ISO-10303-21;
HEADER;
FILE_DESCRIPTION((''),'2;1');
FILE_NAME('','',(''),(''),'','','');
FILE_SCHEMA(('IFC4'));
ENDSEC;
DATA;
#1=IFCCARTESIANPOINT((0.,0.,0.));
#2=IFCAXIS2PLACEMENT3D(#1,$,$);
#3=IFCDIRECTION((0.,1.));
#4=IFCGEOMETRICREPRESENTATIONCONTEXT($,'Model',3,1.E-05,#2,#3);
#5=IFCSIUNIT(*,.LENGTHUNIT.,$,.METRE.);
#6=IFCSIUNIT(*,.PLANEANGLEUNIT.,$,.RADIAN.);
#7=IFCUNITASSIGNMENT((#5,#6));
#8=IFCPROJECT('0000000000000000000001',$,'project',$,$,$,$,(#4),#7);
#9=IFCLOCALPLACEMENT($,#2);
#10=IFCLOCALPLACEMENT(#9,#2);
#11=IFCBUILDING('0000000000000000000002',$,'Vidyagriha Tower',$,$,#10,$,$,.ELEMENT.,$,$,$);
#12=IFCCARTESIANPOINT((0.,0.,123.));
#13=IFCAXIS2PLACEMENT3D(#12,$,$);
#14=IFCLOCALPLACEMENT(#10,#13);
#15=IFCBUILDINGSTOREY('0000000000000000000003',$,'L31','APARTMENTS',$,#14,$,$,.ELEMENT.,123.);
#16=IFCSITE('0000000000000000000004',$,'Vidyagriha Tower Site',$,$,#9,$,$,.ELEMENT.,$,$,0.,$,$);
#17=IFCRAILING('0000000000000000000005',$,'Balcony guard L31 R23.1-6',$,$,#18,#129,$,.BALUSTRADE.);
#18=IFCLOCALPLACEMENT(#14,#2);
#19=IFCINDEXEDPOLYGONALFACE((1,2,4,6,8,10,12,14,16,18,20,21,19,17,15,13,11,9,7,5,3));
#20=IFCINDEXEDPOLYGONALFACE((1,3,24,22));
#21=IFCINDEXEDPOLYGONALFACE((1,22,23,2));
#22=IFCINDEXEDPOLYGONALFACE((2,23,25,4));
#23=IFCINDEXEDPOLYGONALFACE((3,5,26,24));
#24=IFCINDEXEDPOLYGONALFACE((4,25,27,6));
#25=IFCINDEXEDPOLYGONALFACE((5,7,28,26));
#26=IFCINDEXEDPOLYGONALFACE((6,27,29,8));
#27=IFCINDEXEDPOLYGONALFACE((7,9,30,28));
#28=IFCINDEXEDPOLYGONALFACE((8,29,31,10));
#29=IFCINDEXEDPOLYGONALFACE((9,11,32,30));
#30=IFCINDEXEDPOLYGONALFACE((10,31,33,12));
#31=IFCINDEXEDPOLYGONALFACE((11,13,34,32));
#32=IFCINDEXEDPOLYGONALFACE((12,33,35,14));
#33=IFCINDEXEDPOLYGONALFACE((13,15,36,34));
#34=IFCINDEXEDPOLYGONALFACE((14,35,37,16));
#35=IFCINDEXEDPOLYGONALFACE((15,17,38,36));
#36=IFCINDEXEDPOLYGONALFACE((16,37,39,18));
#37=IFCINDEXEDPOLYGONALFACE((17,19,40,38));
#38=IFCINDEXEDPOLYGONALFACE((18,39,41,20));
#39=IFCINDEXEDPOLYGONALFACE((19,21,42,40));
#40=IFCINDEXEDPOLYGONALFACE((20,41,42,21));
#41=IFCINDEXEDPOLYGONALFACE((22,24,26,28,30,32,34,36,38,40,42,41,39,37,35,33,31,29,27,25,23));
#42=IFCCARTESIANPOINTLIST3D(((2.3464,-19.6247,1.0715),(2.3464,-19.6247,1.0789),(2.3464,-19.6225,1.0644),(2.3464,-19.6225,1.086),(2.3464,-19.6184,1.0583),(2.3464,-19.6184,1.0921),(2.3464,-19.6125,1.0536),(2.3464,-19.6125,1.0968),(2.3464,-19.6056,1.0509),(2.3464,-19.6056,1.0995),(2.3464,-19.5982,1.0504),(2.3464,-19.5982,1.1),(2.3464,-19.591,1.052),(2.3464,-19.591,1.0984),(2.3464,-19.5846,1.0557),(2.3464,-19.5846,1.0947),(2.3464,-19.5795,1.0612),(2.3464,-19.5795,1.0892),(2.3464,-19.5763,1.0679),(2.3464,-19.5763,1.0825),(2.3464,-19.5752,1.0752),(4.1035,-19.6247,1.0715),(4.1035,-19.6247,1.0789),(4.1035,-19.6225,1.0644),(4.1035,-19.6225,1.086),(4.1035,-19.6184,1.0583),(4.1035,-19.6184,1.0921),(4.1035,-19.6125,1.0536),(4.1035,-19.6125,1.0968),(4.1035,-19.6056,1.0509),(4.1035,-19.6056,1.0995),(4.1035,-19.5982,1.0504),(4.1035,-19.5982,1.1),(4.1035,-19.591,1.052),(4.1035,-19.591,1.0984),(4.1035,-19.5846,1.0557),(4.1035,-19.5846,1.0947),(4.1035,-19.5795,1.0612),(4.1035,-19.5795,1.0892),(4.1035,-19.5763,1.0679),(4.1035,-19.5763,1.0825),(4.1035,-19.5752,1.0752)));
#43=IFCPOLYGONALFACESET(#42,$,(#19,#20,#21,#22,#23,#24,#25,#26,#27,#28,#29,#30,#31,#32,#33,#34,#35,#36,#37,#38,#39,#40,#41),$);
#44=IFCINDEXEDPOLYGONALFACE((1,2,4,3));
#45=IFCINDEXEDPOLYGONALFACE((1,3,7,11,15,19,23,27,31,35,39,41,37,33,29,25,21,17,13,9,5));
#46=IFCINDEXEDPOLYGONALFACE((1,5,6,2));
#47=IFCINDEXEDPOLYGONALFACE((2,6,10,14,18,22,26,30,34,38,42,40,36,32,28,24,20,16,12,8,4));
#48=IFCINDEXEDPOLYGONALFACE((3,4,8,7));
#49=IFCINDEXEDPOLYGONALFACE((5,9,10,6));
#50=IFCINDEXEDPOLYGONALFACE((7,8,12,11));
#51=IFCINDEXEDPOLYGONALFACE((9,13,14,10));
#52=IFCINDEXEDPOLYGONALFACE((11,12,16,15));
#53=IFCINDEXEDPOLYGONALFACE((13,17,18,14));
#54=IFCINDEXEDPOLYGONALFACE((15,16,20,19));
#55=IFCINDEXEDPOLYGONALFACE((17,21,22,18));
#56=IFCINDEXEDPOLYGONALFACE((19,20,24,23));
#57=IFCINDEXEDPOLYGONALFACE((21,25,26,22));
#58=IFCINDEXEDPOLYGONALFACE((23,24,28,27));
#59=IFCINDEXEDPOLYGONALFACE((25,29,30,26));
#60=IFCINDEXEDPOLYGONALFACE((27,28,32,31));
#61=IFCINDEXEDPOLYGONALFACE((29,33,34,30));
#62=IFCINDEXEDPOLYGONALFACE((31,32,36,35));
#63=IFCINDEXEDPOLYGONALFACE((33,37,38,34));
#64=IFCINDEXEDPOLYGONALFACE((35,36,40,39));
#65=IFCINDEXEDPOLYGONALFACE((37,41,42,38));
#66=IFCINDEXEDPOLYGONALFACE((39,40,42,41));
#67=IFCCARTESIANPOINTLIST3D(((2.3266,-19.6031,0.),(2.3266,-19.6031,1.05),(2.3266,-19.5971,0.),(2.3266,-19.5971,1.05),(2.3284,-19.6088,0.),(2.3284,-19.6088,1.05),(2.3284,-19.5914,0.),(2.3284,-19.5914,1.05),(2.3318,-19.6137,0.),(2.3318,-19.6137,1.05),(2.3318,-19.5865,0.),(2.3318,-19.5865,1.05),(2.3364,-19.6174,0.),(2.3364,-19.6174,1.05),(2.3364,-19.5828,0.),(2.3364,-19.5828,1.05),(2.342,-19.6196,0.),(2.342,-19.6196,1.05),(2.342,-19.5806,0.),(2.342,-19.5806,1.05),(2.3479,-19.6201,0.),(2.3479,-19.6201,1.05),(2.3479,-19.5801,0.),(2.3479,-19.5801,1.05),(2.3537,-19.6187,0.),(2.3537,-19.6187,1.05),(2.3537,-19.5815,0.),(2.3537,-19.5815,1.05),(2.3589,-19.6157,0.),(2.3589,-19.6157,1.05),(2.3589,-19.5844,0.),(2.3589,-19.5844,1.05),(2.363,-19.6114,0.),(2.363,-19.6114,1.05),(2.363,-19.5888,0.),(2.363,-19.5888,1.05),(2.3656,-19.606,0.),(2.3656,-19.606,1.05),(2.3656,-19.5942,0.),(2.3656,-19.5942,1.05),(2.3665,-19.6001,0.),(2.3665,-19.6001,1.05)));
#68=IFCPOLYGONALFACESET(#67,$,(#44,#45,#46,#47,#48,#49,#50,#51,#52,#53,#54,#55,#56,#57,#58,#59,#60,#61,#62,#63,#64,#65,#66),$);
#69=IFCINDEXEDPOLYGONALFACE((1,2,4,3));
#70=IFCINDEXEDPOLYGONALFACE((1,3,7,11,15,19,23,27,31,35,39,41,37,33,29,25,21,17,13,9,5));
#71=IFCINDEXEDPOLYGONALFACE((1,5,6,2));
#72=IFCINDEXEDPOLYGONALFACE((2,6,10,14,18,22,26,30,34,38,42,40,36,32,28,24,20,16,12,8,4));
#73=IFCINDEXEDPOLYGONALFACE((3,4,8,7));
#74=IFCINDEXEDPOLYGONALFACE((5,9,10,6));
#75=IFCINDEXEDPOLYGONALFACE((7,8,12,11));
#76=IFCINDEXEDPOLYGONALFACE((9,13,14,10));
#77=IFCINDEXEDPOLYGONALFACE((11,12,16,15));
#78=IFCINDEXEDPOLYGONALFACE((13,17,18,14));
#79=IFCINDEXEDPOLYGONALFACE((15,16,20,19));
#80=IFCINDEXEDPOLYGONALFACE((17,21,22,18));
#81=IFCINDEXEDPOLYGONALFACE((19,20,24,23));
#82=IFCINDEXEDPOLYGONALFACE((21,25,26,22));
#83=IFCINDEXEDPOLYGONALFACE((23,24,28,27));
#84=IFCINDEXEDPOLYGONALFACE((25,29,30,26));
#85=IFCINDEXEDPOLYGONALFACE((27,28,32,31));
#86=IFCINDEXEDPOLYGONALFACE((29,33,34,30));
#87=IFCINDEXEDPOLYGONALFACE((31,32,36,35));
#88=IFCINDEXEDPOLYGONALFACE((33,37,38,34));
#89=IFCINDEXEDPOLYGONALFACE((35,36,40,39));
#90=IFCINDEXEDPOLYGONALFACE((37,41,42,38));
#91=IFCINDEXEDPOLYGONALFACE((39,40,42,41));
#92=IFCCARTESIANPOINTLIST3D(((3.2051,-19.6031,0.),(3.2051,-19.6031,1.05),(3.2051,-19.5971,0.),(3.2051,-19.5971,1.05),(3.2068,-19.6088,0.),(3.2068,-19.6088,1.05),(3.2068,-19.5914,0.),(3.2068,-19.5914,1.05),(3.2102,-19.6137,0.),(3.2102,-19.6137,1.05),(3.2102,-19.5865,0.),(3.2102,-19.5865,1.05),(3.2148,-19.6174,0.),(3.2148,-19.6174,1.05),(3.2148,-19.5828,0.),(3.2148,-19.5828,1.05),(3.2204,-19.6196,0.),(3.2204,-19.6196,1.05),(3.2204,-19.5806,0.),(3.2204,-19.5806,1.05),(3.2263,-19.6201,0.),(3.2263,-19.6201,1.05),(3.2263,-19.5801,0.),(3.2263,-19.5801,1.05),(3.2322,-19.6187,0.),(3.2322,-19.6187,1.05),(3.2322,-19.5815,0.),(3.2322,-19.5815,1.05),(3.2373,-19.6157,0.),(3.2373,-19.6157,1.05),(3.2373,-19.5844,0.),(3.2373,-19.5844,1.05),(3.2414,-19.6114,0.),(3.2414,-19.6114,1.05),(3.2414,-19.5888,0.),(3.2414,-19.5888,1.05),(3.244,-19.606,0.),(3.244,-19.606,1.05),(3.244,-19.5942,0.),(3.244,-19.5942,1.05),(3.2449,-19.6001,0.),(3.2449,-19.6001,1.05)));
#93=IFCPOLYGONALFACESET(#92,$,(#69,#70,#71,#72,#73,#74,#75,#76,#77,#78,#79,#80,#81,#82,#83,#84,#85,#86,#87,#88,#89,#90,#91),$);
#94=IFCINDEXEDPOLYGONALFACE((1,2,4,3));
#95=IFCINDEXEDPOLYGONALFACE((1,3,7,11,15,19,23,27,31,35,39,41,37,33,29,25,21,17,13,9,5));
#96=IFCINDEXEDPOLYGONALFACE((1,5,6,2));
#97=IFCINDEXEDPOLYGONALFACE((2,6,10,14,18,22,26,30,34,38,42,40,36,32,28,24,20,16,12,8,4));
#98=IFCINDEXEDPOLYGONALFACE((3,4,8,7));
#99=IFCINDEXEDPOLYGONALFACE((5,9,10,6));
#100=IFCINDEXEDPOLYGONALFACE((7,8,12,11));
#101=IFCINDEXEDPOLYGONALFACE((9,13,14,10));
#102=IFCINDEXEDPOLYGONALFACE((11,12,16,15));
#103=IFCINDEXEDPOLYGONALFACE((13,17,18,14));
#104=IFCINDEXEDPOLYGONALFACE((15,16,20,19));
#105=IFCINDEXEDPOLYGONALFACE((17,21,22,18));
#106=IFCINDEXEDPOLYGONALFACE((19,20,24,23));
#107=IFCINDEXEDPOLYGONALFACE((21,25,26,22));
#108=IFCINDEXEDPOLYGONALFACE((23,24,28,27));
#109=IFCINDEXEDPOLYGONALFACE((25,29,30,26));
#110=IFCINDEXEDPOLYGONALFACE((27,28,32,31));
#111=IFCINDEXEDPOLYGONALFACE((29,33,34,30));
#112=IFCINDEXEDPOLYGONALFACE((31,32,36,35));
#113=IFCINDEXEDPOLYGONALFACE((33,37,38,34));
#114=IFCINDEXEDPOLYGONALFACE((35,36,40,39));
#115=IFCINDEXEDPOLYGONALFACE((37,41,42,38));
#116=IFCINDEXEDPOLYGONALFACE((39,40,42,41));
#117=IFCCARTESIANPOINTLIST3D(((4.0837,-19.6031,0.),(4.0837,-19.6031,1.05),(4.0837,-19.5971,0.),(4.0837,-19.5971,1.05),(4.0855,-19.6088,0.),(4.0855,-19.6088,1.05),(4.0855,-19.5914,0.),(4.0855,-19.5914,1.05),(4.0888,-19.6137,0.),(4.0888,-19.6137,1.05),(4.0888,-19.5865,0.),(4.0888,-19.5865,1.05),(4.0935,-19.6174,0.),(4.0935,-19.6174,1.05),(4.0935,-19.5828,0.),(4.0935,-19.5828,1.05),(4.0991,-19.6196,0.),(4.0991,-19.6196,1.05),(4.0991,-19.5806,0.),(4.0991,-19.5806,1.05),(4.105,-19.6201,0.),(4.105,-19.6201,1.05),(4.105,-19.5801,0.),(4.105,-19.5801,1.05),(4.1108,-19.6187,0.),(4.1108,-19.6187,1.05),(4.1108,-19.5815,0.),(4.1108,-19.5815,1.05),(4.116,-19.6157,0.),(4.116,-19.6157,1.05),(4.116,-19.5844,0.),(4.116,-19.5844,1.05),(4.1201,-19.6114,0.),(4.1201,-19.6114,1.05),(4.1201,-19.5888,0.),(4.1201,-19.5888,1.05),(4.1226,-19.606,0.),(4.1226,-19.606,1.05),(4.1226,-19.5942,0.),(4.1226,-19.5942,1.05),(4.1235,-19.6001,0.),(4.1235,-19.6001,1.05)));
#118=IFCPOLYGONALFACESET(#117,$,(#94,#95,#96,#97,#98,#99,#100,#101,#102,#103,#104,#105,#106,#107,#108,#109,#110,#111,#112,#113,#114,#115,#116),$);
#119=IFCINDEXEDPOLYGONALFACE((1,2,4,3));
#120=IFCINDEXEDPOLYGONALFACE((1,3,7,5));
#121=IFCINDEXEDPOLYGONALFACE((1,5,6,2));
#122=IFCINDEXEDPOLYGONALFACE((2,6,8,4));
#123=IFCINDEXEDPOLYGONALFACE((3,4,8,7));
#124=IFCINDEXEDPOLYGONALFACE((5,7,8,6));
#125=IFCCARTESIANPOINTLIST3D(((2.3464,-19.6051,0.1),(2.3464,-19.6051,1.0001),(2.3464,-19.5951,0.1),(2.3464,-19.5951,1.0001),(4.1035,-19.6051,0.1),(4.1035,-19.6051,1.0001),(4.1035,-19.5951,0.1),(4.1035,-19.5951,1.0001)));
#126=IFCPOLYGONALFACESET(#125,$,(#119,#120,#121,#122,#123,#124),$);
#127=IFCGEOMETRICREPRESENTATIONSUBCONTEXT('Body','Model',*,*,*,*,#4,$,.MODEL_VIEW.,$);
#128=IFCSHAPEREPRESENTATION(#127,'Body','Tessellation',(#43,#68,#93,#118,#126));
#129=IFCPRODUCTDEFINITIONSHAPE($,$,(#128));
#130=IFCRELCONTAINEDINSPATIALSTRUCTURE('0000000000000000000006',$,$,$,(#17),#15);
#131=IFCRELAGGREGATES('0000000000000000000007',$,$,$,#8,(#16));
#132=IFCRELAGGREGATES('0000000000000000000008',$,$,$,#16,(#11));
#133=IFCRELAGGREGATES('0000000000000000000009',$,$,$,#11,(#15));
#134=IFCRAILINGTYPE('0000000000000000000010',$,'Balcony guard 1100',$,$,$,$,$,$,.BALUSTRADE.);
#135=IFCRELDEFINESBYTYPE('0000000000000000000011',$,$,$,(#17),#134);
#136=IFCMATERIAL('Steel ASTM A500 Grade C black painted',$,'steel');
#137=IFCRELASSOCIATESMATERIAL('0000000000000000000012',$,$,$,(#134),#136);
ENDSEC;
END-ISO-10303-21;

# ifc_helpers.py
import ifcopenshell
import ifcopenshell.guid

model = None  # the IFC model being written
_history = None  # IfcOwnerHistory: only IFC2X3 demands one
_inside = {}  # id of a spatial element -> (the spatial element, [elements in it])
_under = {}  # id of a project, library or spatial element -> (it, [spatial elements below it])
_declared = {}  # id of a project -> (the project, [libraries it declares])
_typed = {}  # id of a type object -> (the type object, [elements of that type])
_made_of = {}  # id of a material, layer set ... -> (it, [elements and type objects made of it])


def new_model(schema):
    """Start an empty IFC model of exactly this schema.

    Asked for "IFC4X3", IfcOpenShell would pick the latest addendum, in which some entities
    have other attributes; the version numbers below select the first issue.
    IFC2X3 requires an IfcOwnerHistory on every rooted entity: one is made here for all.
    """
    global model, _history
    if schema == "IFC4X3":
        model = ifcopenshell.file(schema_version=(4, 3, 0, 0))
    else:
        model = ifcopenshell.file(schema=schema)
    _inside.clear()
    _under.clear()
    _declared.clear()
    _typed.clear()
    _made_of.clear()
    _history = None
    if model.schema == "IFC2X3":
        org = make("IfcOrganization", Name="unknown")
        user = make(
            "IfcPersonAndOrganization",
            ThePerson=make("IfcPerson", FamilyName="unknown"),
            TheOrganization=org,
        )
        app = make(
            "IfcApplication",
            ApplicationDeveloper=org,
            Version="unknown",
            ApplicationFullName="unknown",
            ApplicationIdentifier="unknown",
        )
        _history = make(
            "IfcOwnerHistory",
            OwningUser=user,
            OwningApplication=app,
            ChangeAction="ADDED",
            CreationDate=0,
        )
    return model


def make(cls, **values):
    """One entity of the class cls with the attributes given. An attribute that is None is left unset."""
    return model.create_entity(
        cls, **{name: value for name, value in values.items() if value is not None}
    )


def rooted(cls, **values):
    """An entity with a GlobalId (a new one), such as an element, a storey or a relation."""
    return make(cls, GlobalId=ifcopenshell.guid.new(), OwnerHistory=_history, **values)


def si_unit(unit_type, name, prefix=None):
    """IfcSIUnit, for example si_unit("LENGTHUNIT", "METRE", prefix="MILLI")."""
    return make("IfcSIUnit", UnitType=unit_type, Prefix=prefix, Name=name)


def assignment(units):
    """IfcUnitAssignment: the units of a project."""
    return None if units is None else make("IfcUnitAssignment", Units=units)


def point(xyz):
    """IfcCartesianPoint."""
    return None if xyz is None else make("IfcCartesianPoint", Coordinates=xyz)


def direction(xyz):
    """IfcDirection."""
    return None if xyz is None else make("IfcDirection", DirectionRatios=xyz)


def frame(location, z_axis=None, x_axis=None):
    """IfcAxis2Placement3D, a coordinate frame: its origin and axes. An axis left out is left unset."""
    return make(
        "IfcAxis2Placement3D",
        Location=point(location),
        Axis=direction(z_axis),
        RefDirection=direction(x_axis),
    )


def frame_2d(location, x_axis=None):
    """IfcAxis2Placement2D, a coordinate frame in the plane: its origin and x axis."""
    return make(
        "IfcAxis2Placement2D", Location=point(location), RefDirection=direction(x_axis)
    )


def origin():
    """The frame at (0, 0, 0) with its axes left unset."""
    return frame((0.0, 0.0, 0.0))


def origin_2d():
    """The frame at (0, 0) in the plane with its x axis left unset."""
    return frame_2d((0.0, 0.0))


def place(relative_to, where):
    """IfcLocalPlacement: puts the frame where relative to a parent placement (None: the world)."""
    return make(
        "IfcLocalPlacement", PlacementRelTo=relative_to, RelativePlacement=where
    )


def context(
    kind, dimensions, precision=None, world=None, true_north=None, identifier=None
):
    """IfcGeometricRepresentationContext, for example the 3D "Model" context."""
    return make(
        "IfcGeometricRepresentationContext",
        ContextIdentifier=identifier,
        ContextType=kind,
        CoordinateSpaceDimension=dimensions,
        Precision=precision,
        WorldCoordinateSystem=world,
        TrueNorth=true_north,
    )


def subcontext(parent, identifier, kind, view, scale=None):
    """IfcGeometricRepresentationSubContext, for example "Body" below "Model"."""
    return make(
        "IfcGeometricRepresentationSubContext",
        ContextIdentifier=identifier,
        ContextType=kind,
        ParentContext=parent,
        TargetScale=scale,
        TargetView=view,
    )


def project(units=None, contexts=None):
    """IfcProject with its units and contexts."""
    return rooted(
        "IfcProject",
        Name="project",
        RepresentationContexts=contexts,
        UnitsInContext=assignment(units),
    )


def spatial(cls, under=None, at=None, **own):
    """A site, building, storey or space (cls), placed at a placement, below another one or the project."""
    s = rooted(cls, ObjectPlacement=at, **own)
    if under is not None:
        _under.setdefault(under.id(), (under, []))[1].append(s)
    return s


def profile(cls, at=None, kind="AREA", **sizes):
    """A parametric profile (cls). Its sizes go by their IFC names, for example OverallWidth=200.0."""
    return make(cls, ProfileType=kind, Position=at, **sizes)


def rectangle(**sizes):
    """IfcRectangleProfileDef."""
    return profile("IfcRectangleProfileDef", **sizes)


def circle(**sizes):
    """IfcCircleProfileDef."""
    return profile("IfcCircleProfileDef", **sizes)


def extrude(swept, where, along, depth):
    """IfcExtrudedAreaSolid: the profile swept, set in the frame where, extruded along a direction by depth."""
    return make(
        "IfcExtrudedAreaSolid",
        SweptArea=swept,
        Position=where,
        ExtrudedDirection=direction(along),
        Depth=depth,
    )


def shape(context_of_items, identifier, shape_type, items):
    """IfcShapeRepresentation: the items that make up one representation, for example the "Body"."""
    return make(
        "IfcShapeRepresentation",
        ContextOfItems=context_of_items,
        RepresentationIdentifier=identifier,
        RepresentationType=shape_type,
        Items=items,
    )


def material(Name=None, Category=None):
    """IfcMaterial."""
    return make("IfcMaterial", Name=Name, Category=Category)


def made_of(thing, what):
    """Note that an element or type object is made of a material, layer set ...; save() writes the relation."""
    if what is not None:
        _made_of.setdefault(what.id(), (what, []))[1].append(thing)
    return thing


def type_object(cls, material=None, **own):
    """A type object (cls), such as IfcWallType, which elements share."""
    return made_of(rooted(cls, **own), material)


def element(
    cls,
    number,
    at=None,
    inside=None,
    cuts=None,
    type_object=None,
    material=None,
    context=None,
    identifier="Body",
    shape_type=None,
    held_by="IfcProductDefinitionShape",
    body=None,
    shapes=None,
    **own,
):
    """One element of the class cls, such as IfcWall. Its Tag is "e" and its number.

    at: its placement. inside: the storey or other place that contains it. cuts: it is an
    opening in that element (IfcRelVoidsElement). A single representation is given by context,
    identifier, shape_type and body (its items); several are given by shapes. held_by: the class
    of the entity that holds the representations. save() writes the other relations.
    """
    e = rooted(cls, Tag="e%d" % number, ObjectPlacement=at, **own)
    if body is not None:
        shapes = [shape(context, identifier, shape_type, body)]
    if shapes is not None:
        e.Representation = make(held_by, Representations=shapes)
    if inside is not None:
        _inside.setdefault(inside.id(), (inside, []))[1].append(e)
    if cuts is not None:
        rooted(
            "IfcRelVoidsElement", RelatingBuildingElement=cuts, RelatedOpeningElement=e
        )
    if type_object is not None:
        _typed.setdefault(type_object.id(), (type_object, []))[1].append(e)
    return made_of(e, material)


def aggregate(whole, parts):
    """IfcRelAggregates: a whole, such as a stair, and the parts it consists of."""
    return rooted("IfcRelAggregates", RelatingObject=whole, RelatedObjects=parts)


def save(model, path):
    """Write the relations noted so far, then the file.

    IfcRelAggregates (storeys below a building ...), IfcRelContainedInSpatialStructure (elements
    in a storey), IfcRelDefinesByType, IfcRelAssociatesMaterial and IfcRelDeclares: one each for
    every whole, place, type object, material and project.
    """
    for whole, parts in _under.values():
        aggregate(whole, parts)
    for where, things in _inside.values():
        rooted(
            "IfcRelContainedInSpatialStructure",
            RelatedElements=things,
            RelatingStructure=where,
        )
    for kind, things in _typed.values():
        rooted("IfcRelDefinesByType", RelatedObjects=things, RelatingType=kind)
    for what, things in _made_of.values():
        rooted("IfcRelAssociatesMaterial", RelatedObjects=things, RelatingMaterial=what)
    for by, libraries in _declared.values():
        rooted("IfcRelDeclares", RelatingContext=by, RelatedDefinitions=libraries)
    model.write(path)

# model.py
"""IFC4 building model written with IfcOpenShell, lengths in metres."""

from ifc_helpers import new_model, si_unit, direction, frame, origin, origin_2d, place, context, subcontext, project, spatial, rectangle, circle, extrude, material, type_object, element, save


model = new_model("IFC4")

# Units and contexts
model_context = context("Model", 3, precision=1e-05, world=origin(), true_north=direction((0.0, 1.0)))
body_context = subcontext(model_context, "Body", "Model", "MODEL_VIEW")
ifc_project = project(units=[si_unit("LENGTHUNIT", "METRE"), si_unit("PLANEANGLEUNIT", "RADIAN")], contexts=[model_context])

# Site, building, storey
site_placement = place(None, origin())
site = spatial("IfcSite", under=ifc_project, at=site_placement, Name="Vidyagriha Tower Site", CompositionType="ELEMENT", RefElevation=0.0)
building_placement = place(site_placement, origin())
building = spatial("IfcBuilding", under=site, at=building_placement, Name="Vidyagriha Tower", CompositionType="ELEMENT")
storey_placement = place(building_placement, frame((0.0, 0.0, 123.0)))
storey = spatial("IfcBuildingStorey", under=building, at=storey_placement, Name="L31", Description="APARTMENTS", CompositionType="ELEMENT", Elevation=123.0)

# Railing
ifc_material_1 = material(Name="Steel ASTM A500 Grade C black painted", Category="steel")
railing_type = type_object("IfcRailingType", Name="Balcony guard 1100", PredefinedType="BALUSTRADE", material=ifc_material_1)
railing_1_placement = place(storey_placement, frame((2.3464, -19.6001, 0.0)))
element("IfcRailing", 1, at=railing_1_placement, inside=storey, type_object=railing_type, Name="Balcony guard L31 R23.1-6", PredefinedType="BALUSTRADE", context=body_context, shape_type="SweptSolid", body=[
    extrude(circle(Radius=0.0249, at=origin_2d()), frame((0.0, 0.0, 1.0752), z_axis=(1.0, 0.0, 0.0), x_axis=(0.0, 1.0, 0.0)), (0.0, 0.0, 1.0), 1.7571),
    extrude(circle(Radius=0.02, at=origin_2d()), origin(), (0.0, 0.0, 1.0), 1.05),
    extrude(circle(Radius=0.02, at=origin_2d()), frame((0.8784, 0.0, 0.0)), (0.0, 0.0, 1.0), 1.05),
    extrude(circle(Radius=0.02, at=origin_2d()), frame((1.7571, 0.0, 0.0)), (0.0, 0.0, 1.0), 1.05),
    extrude(rectangle(XDim=0.01, YDim=0.9001, at=origin_2d()), frame((0.0, 0.0, 0.55), z_axis=(1.0, 0.0, 0.0), x_axis=(0.0, 1.0, 0.0)), (0.0, 0.0, 1.0), 1.7571),
])

save(model, "model.ifc")
